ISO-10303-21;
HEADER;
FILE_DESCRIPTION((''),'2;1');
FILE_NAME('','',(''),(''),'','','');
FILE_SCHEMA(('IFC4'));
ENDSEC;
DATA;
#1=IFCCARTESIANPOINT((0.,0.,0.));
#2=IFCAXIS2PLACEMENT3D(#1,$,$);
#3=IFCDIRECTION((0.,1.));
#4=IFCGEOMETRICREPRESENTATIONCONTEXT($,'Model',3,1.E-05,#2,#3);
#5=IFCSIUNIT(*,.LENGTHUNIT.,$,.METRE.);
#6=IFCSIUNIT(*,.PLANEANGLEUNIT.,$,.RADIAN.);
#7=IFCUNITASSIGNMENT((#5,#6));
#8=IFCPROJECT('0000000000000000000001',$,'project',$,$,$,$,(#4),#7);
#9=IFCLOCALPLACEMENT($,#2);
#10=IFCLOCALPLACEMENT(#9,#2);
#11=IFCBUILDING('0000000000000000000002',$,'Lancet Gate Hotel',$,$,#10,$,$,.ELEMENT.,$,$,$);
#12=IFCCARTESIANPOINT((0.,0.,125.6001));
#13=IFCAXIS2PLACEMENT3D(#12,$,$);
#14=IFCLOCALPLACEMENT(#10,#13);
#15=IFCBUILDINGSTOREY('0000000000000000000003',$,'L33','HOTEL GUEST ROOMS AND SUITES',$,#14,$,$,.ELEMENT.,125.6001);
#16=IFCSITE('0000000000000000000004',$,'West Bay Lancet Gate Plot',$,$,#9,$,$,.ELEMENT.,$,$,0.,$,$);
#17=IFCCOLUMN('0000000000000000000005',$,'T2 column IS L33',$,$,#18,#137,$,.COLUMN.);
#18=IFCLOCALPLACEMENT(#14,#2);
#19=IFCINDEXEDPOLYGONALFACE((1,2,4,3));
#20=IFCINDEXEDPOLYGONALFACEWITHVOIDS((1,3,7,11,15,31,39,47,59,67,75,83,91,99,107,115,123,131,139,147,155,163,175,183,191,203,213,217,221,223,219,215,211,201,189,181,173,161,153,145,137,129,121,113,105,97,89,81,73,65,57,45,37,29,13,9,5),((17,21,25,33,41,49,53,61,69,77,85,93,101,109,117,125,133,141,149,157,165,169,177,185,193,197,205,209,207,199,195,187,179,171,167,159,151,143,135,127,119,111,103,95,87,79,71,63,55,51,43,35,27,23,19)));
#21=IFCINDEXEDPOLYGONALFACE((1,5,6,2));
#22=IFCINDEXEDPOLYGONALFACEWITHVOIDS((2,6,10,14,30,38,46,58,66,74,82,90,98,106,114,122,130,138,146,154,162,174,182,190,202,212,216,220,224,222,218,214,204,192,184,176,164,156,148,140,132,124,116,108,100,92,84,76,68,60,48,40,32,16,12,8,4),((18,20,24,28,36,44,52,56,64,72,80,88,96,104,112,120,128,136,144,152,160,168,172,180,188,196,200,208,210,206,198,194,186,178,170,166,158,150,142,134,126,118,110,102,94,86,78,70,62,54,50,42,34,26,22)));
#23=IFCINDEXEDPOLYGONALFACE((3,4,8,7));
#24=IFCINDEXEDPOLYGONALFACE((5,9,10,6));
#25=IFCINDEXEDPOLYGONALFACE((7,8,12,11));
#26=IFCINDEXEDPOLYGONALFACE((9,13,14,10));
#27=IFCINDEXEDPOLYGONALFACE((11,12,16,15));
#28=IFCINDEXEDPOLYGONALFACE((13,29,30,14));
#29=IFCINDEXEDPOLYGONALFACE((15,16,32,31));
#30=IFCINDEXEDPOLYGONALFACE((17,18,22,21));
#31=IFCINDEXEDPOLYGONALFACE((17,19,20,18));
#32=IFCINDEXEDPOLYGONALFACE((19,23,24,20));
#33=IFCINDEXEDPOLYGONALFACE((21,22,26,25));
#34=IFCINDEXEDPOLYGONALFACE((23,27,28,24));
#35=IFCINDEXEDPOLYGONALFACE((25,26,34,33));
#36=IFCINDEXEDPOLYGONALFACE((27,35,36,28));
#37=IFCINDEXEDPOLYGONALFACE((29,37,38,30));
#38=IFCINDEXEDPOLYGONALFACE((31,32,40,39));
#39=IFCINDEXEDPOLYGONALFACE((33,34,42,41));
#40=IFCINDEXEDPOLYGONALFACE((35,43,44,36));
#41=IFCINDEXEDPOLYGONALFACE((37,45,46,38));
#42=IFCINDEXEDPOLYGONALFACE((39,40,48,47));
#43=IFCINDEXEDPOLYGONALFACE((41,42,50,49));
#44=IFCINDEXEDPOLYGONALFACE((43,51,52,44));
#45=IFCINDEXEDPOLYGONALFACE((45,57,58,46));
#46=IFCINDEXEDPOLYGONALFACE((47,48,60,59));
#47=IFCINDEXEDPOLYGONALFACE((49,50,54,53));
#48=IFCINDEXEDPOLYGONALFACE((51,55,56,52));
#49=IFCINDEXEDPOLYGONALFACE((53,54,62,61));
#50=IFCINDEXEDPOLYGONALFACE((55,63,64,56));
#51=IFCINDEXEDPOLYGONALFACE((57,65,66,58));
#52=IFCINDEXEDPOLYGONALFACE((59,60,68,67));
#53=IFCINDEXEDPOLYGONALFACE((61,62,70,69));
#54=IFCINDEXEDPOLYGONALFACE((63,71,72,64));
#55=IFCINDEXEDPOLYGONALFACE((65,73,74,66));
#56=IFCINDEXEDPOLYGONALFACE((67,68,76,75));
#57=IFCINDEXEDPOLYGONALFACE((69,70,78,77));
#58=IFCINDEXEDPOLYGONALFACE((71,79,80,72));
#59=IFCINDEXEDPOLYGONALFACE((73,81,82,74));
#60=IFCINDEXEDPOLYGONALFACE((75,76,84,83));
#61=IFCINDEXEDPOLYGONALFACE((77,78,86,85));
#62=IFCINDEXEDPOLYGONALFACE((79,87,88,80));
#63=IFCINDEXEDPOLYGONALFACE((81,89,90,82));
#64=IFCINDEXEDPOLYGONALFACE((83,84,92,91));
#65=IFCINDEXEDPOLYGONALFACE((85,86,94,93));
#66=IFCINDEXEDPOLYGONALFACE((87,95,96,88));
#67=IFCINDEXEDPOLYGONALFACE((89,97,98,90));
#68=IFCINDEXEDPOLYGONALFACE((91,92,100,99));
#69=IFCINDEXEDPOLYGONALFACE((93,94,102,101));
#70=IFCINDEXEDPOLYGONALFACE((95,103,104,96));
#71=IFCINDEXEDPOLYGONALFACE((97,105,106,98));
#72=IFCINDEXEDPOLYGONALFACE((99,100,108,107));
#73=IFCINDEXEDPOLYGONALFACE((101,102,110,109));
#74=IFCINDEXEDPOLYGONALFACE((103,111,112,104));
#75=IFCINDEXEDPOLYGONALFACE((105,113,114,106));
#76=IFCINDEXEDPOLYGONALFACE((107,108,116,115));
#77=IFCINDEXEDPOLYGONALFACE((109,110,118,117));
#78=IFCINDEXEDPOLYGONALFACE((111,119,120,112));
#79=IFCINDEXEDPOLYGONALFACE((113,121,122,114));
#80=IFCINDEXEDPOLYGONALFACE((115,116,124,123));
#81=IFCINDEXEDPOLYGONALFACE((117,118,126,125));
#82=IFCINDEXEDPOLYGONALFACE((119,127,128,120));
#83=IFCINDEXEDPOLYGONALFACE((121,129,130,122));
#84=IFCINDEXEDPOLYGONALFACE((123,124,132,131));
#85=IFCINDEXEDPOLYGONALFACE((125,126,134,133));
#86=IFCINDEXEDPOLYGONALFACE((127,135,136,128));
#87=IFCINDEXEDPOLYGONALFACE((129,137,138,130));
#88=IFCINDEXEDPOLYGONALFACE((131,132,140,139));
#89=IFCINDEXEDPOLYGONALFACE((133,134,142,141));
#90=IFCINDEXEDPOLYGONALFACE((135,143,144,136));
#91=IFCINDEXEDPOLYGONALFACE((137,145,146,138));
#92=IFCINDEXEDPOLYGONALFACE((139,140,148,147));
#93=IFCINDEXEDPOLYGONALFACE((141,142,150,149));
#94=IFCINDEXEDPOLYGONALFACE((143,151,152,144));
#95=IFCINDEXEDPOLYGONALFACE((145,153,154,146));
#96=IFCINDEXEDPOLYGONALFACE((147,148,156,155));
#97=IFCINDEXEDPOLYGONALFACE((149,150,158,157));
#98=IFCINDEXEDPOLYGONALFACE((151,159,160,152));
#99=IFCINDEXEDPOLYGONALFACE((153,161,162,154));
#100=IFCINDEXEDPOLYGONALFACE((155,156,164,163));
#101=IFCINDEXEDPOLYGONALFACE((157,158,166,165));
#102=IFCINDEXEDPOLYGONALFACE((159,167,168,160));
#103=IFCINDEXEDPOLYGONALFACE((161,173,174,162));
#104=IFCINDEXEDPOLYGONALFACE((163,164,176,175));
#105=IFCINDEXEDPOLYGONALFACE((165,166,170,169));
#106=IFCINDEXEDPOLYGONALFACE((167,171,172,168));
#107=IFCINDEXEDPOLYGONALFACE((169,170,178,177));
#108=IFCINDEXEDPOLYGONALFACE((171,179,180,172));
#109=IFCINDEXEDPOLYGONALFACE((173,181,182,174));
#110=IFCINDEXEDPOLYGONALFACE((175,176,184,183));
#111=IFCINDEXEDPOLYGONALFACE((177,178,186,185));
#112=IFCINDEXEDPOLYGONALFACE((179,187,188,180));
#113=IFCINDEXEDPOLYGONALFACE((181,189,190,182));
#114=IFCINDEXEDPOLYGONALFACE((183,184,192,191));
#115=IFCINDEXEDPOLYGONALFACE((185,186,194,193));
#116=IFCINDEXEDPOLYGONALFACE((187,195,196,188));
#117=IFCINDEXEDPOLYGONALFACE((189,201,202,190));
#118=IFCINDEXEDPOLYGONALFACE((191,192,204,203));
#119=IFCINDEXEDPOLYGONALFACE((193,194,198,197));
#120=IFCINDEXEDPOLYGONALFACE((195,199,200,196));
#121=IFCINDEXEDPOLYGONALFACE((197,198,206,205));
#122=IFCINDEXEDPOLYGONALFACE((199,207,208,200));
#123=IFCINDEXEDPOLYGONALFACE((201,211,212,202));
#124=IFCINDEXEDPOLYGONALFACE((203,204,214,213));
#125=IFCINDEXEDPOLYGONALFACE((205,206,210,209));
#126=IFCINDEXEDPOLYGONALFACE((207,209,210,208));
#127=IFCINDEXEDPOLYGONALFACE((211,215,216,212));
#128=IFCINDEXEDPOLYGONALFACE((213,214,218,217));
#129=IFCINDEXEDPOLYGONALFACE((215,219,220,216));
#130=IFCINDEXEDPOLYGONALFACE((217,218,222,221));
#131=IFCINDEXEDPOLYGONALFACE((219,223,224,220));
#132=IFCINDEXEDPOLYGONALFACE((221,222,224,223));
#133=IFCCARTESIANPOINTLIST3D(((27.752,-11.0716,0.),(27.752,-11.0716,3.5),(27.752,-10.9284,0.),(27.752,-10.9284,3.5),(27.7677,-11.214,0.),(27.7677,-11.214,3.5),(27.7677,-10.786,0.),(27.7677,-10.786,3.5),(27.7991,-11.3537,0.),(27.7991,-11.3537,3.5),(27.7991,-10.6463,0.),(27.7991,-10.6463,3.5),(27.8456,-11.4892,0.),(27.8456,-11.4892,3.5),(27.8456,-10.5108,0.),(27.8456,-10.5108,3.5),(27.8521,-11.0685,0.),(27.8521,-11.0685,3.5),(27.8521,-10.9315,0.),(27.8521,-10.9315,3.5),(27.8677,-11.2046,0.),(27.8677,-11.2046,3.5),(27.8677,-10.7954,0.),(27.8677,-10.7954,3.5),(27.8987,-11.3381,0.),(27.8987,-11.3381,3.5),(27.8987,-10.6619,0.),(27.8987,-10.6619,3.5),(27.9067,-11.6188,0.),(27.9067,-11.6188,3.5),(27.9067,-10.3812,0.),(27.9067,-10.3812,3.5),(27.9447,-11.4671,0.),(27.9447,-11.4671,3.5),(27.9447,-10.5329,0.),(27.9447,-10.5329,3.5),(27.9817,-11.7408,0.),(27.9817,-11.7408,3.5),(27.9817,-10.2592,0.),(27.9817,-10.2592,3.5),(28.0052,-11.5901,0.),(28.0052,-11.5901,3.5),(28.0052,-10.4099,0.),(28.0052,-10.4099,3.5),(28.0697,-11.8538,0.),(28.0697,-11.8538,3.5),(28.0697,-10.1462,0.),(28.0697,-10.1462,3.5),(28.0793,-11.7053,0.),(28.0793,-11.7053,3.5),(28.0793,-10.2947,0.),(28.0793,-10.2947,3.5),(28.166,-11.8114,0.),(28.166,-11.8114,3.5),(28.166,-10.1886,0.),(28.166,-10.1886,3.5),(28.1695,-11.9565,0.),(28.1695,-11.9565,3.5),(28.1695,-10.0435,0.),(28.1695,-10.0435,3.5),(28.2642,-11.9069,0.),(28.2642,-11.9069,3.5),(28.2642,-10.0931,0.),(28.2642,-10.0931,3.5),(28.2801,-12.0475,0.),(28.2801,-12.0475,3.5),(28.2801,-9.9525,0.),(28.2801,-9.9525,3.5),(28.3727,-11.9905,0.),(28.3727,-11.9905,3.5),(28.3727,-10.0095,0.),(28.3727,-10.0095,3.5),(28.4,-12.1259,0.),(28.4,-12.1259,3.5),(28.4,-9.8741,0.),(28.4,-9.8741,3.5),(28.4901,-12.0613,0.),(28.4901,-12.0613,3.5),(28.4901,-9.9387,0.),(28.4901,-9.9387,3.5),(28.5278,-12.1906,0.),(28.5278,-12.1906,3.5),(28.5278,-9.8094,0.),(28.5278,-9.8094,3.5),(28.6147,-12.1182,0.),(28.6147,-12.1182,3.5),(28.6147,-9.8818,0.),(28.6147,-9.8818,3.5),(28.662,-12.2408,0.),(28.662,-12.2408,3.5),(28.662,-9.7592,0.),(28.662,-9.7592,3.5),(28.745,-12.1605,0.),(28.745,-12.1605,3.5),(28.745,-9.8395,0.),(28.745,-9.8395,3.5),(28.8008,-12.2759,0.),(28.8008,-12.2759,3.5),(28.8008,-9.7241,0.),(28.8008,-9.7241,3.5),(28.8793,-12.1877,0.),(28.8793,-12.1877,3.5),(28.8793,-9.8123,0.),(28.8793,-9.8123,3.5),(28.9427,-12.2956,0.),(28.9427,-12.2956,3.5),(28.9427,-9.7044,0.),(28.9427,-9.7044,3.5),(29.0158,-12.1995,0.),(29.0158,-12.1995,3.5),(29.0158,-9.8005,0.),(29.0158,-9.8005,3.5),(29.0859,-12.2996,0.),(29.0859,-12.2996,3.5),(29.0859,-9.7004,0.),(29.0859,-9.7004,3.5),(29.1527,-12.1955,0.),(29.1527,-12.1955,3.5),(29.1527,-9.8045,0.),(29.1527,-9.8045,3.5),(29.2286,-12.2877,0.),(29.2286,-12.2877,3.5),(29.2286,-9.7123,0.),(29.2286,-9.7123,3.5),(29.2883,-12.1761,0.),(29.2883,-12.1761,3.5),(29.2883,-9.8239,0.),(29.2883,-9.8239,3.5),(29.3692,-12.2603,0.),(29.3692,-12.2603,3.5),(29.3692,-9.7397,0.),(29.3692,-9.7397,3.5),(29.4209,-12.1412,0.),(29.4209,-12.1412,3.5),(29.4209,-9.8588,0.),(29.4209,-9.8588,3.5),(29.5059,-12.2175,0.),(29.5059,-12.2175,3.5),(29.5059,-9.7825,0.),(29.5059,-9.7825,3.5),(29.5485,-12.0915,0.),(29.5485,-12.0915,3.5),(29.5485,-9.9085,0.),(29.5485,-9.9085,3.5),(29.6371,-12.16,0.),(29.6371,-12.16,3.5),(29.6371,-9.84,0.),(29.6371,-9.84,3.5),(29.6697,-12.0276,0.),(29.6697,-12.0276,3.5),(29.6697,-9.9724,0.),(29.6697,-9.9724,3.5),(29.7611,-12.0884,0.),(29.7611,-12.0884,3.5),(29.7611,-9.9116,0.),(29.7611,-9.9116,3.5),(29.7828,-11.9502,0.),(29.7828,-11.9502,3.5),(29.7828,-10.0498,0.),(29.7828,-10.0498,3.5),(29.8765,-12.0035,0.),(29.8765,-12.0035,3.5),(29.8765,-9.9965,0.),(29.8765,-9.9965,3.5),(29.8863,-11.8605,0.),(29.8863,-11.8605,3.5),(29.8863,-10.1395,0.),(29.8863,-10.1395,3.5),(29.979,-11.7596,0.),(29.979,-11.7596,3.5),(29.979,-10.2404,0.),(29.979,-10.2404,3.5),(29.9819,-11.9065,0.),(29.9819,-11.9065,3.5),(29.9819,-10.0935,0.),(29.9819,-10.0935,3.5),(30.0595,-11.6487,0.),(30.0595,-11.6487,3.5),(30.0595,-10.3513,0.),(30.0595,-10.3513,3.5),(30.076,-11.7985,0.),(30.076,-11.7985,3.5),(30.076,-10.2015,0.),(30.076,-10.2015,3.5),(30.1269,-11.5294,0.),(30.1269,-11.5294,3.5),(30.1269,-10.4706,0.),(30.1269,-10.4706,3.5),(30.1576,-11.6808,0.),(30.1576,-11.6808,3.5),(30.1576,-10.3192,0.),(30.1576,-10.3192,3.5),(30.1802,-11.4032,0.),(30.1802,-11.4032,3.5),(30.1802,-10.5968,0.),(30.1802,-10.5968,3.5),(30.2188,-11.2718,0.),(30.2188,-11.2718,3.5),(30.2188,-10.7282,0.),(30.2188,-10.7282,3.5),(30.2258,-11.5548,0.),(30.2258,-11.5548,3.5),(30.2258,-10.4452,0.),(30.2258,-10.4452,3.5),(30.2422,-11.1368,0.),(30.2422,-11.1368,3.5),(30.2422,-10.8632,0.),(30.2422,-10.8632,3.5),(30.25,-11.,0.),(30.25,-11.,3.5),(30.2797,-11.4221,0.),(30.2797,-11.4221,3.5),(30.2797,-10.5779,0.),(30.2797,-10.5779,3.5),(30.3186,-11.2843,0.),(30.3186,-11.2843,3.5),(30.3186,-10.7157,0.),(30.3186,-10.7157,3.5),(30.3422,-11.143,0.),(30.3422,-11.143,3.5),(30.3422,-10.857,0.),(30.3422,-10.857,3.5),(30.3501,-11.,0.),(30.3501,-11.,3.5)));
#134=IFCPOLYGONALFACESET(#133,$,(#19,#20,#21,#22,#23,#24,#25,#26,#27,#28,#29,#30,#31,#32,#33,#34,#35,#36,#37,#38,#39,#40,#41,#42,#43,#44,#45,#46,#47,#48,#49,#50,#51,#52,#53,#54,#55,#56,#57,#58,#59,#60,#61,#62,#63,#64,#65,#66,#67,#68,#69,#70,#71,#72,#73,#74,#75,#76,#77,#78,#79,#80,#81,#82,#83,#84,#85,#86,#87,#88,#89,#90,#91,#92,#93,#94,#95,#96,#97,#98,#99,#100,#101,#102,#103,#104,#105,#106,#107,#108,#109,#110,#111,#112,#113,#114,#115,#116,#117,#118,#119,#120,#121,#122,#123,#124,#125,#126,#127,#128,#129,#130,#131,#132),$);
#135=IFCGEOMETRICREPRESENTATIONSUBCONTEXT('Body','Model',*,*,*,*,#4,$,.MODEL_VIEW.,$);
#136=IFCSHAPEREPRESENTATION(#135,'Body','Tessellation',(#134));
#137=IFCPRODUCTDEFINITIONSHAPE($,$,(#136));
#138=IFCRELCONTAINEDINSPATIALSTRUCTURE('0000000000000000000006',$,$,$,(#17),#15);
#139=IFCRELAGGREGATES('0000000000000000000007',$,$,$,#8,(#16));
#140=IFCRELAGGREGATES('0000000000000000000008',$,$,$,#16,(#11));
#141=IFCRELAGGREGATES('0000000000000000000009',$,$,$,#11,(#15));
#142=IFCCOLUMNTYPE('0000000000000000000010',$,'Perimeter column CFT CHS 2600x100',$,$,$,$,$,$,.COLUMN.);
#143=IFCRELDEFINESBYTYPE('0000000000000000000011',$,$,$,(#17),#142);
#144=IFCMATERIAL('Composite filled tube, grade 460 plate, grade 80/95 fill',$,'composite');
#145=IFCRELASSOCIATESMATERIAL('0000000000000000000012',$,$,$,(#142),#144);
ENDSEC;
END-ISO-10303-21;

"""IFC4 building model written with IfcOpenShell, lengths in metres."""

from ifc_helpers import new_model, si_unit, direction, frame, origin, origin_2d, place, context, subcontext, project, spatial, hollow_circle, extrude, material, material_profile, profile_set, type_object, element, save


model = new_model("IFC4")

# Units and contexts
model_context = context("Model", 3, precision=1e-05, world=origin(), true_north=direction((0.0, 1.0)))
body_context = subcontext(model_context, "Body", "Model", "MODEL_VIEW")
ifc_project = project(units=[si_unit("LENGTHUNIT", "METRE"), si_unit("PLANEANGLEUNIT", "RADIAN")], contexts=[model_context])

# Site, building, storey
site_placement = place(None, origin())
site = spatial("IfcSite", under=ifc_project, at=site_placement, Name="West Bay Lancet Gate Plot", CompositionType="ELEMENT", RefElevation=0.0)
building_placement = place(site_placement, origin())
building = spatial("IfcBuilding", under=site, at=building_placement, Name="Lancet Gate Hotel", CompositionType="ELEMENT")
storey_placement = place(building_placement, frame((0.0, 0.0, 125.6001)))
storey = spatial("IfcBuildingStorey", under=building, at=storey_placement, Name="L33", Description="HOTEL GUEST ROOMS AND SUITES", CompositionType="ELEMENT", Elevation=125.6001)

# Column
ifc_material_1 = material(Name="Composite filled tube, grade 460 plate, grade 80/95 fill", Category="composite")
ifc_material_profile_1 = material_profile(ifc_material_1, hollow_circle(Radius=1.3, WallThickness=0.1001, at=origin_2d()), Name="CHS 2600x100")
ifc_profile_set_1 = profile_set([ifc_material_profile_1], Name="Composite filled tube, grade 460 plate, grade 80/95 fill")
column_type = type_object("IfcColumnType", Name="Perimeter column CFT CHS 2600x100", PredefinedType="COLUMN", material=ifc_profile_set_1)
for number, where, z_axis, x_axis, name in (
    (1, (29.05, -11.0, 0.0), (0.0, 0.0, 1.0), (1.0, 0.0, 0.0), "T2 column IS L33"),
):
    element("IfcColumn", number, at=place(storey_placement, frame(where, z_axis=z_axis, x_axis=x_axis)), inside=storey, type_object=column_type, Name=name, PredefinedType="COLUMN", context=body_context, shape_type="SweptSolid", body=[
        extrude(hollow_circle(Radius=1.3, WallThickness=0.1001, at=origin_2d()), origin(), (0.0, 0.0, 1.0), 3.5),
    ])

save(model, "model.ifc")
